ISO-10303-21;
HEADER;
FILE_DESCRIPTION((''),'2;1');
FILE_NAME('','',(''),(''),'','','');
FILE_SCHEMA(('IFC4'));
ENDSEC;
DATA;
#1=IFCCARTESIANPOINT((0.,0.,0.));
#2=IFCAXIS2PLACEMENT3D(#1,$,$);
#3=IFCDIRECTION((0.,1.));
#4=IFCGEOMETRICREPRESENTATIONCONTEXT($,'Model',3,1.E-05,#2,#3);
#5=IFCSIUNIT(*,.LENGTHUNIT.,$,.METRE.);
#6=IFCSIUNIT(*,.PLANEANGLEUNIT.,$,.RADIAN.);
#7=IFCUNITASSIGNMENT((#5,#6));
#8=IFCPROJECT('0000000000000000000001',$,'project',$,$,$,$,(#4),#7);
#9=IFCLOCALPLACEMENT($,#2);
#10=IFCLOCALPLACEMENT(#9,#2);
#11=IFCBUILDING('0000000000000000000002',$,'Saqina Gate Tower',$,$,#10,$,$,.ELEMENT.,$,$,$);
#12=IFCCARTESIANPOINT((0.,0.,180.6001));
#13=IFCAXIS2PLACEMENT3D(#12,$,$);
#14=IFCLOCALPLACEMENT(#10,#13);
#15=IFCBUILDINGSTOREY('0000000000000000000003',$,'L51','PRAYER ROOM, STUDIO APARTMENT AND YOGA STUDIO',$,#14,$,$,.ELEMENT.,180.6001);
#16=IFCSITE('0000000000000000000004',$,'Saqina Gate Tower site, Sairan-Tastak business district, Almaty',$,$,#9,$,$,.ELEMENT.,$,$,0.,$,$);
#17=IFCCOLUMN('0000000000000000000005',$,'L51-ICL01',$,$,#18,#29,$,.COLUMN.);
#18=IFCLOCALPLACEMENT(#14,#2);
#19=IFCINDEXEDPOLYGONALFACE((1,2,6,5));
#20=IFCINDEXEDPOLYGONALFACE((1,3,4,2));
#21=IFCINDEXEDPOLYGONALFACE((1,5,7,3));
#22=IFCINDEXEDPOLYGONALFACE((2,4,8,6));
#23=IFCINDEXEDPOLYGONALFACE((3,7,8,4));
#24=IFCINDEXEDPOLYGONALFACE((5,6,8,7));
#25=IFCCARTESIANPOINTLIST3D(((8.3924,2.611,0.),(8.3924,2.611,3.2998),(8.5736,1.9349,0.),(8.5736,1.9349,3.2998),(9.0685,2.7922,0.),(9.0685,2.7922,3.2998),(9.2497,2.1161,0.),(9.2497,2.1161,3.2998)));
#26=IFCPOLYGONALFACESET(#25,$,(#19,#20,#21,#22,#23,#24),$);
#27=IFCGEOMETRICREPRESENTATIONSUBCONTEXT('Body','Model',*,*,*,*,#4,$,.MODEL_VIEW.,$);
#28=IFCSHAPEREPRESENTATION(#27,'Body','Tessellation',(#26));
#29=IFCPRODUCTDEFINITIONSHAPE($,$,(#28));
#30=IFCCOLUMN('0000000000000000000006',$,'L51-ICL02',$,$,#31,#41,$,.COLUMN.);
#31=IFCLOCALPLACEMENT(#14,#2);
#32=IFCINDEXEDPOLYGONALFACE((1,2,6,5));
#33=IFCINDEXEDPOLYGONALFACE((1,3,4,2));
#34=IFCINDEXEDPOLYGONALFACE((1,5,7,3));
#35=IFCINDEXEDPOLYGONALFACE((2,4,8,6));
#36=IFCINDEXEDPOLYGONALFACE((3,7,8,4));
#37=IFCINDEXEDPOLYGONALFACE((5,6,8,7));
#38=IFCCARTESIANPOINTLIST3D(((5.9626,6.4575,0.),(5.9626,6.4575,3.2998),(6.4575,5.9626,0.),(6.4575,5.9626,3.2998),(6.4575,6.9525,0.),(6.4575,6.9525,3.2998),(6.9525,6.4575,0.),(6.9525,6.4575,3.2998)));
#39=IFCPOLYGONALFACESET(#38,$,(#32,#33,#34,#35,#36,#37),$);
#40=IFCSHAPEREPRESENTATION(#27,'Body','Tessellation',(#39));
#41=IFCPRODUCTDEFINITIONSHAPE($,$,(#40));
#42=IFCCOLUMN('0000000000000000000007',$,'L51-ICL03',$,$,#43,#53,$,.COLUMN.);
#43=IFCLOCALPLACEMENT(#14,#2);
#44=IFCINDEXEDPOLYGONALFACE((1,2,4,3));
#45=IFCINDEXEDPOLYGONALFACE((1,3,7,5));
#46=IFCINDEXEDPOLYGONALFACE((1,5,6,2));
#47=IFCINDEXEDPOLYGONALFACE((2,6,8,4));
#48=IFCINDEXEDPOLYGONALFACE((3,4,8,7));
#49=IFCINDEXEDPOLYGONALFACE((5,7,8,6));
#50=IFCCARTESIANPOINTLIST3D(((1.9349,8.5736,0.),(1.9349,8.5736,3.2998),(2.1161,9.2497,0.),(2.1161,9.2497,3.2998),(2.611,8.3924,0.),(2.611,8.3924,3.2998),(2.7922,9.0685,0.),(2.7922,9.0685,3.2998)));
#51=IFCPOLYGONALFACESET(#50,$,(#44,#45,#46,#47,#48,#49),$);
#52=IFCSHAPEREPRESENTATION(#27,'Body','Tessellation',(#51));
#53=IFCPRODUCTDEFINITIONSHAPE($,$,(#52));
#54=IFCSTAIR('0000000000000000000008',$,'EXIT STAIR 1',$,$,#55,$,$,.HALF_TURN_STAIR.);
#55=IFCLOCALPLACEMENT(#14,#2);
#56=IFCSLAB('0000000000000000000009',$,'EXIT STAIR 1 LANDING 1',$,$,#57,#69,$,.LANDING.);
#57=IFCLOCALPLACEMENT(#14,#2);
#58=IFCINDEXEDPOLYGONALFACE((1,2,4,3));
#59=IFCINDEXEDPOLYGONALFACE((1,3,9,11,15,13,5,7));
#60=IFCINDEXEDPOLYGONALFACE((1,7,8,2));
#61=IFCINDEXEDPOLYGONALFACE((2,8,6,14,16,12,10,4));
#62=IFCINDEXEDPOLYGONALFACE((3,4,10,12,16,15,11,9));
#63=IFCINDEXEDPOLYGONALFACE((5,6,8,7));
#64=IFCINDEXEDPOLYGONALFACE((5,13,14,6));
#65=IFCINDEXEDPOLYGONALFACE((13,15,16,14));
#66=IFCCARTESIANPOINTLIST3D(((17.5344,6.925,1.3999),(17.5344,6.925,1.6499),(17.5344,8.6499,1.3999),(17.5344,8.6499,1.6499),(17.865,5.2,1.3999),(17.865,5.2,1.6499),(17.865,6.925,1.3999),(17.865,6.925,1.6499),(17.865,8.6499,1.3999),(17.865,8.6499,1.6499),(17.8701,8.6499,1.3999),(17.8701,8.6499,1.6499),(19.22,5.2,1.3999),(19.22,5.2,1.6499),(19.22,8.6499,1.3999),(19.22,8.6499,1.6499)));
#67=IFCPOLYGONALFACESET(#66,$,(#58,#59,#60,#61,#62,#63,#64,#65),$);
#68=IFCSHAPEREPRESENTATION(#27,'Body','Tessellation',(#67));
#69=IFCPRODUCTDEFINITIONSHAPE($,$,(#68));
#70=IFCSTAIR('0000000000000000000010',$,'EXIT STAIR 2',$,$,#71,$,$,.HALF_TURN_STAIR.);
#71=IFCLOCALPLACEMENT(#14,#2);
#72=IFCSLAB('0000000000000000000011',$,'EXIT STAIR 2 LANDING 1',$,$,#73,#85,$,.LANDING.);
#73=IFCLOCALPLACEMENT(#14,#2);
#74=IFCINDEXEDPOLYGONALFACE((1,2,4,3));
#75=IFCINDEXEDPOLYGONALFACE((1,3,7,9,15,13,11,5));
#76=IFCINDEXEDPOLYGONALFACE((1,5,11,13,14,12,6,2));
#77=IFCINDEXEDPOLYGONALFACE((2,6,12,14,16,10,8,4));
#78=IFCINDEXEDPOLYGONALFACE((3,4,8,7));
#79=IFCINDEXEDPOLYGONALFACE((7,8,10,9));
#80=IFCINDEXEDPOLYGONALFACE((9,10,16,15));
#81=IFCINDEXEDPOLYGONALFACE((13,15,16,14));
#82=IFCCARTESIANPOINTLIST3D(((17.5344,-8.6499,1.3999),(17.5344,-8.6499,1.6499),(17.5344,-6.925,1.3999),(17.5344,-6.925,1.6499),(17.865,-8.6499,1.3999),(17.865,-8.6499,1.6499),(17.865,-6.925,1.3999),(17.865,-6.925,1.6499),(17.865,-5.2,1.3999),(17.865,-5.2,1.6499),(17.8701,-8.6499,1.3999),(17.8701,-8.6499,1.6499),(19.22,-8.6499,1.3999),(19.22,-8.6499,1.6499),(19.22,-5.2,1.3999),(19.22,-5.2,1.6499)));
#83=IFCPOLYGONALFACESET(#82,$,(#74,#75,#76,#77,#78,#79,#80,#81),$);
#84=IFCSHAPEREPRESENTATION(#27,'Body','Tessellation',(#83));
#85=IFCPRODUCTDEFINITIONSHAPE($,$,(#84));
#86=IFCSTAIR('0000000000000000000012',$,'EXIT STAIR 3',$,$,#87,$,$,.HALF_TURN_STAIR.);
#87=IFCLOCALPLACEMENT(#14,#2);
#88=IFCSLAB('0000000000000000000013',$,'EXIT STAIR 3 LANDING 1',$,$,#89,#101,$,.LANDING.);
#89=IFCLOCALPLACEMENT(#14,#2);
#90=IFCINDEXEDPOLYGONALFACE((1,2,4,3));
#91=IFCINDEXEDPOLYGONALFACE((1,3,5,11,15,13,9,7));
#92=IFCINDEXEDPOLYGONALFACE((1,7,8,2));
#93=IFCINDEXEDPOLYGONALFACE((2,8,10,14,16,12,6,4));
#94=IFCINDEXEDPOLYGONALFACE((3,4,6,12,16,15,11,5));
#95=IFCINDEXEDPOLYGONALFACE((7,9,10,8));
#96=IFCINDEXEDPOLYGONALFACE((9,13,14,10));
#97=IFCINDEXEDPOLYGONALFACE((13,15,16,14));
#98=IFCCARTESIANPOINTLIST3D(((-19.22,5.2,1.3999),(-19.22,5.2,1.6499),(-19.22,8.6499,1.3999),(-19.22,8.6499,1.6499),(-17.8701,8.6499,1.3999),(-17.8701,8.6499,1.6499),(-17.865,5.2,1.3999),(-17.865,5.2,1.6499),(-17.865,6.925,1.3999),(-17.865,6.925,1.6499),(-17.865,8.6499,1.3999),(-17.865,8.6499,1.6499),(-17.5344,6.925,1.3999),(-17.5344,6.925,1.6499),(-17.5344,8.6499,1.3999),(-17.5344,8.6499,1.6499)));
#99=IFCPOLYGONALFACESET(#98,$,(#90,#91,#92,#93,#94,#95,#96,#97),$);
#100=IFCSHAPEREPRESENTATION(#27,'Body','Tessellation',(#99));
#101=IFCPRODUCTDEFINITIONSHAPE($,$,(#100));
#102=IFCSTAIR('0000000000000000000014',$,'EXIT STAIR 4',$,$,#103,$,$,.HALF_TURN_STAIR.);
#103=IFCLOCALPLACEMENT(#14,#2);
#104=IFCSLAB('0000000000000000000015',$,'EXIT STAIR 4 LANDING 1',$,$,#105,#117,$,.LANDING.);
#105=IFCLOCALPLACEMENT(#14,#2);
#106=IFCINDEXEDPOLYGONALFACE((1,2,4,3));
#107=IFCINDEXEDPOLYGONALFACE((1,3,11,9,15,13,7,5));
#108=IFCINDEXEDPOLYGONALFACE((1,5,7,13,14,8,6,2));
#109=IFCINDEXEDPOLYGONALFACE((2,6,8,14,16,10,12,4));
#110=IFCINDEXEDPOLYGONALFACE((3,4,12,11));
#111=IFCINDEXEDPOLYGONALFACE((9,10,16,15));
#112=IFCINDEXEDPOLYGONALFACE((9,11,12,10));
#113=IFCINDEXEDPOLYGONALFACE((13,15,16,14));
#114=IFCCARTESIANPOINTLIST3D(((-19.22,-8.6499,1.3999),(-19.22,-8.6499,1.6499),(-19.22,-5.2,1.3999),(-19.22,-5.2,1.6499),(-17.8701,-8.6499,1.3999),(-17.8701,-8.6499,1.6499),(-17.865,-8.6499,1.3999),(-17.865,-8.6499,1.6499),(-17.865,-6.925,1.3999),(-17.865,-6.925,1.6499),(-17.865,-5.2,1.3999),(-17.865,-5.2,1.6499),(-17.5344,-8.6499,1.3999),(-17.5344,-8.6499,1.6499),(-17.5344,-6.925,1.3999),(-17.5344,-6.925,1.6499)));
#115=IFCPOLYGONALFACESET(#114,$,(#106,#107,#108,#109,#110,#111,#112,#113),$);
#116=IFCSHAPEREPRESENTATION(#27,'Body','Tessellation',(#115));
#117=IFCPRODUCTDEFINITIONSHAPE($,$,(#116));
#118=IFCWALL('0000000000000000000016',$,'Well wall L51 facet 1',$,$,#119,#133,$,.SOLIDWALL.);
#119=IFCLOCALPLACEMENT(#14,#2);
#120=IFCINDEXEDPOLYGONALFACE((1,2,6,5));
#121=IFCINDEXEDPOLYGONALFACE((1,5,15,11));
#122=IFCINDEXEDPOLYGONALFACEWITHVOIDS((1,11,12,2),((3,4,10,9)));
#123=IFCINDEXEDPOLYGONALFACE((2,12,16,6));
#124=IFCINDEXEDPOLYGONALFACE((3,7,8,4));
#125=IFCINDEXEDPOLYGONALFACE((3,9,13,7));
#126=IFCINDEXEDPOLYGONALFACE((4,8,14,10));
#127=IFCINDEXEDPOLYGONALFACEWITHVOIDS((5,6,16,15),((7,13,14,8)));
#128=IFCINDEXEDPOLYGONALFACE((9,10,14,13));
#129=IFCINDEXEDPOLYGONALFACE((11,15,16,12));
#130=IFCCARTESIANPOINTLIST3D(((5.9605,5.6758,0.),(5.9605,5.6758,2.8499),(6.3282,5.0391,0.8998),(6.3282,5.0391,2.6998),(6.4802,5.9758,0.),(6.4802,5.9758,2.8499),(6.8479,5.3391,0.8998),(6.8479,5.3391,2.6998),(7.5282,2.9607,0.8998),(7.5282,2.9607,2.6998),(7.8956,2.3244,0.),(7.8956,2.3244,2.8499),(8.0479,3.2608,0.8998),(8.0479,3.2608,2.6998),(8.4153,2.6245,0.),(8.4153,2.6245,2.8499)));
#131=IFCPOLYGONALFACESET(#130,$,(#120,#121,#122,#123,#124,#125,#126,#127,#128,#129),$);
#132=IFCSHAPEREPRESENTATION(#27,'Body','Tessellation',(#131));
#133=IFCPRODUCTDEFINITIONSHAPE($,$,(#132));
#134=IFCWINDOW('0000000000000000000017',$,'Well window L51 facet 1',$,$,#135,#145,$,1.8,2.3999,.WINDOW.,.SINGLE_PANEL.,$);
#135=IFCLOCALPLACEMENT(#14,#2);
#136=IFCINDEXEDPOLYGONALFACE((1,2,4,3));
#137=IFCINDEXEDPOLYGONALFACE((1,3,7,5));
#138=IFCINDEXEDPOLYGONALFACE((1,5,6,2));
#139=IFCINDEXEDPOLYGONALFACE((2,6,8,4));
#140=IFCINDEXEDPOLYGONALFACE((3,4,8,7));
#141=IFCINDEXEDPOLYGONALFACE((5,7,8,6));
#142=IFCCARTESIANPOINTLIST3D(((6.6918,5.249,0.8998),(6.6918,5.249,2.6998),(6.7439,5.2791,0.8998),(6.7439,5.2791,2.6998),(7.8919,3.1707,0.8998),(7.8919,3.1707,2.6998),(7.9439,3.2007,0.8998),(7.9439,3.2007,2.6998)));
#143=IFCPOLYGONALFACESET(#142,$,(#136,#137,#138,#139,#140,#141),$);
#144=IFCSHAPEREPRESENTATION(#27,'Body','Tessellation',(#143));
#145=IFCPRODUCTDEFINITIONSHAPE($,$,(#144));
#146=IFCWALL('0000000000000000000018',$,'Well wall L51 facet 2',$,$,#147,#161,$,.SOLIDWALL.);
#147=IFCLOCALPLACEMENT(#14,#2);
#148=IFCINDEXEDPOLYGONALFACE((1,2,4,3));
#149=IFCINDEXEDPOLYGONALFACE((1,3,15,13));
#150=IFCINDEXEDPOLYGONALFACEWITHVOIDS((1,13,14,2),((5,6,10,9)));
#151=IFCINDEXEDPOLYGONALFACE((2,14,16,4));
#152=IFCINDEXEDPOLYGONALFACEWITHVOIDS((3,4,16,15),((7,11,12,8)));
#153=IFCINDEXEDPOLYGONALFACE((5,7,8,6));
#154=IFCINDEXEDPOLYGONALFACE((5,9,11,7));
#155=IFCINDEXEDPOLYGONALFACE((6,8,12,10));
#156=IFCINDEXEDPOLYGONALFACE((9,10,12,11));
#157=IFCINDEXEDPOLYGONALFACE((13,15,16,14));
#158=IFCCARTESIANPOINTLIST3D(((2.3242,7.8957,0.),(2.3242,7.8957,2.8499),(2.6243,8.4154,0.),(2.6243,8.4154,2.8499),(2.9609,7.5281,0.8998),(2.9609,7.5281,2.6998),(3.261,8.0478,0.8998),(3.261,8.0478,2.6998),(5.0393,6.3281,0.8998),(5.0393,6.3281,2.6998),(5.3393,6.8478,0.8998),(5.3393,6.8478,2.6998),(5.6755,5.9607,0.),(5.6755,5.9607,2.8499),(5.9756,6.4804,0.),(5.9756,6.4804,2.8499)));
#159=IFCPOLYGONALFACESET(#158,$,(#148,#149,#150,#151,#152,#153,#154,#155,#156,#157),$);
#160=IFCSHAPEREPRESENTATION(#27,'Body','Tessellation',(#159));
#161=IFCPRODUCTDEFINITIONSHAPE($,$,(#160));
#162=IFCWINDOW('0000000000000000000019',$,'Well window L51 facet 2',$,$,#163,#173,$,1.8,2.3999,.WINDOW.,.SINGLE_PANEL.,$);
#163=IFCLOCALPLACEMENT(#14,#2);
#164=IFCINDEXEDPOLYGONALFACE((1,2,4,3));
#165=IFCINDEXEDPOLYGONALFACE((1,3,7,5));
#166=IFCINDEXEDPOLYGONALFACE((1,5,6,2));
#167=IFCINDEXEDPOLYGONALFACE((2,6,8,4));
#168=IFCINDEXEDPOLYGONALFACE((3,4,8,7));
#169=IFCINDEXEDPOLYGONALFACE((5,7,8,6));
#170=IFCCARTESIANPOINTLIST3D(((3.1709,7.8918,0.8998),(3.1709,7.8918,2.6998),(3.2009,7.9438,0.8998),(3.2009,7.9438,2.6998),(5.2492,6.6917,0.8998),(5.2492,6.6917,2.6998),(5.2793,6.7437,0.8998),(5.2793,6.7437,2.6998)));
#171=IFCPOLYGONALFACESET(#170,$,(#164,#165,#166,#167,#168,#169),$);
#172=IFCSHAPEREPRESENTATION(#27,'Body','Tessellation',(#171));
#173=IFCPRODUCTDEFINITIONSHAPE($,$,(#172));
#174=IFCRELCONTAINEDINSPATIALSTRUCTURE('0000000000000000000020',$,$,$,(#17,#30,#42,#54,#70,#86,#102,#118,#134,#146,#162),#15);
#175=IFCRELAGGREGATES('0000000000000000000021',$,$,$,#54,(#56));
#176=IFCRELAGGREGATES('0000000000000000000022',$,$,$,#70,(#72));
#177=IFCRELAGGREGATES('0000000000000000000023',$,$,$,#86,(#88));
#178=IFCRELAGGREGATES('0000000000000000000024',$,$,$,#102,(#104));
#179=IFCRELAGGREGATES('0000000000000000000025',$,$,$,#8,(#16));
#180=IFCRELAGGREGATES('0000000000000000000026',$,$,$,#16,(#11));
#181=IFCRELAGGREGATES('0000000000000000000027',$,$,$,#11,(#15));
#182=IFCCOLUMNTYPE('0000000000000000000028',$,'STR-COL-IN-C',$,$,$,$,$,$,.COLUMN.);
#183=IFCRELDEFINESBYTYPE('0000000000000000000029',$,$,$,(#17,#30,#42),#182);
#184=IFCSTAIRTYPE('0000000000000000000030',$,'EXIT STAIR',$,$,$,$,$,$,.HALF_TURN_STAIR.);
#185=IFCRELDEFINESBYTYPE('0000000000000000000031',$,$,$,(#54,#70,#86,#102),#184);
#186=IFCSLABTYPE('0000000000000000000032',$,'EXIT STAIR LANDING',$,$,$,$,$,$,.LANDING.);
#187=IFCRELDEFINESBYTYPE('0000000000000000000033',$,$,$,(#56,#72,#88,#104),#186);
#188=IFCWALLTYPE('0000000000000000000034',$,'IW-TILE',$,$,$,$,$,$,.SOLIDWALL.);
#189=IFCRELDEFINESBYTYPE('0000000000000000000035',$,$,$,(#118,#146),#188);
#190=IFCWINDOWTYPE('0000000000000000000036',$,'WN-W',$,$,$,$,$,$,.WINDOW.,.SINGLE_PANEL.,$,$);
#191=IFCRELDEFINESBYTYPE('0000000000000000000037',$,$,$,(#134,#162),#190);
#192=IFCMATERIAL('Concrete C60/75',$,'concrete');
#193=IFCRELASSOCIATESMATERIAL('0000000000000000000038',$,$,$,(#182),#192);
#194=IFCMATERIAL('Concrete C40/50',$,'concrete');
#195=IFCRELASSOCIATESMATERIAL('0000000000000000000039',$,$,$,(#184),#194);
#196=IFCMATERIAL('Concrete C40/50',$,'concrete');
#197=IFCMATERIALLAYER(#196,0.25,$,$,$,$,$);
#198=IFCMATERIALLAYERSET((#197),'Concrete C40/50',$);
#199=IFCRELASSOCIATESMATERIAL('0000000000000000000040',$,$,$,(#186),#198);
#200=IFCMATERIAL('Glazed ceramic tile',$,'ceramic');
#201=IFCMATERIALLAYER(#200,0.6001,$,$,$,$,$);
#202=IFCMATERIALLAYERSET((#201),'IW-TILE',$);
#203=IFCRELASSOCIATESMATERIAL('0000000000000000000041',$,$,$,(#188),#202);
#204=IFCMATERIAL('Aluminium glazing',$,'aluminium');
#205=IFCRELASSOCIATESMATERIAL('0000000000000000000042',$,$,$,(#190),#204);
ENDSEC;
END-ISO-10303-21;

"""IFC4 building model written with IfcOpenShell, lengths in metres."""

from ifc_helpers import new_model, si_unit, direction, frame, frame_2d, origin, origin_2d, place, context, subcontext, project, spatial, polyline, rectangle, outline, extrude, material, layer, layer_set, material_profile, profile_set, type_object, element, fill, aggregate, save


model = new_model("IFC4")

# Units and contexts
model_context = context("Model", 3, precision=1e-05, world=origin(), true_north=direction((0.0, 1.0)))
body_context = subcontext(model_context, "Body", "Model", "MODEL_VIEW")
ifc_project = project(units=[si_unit("LENGTHUNIT", "METRE"), si_unit("PLANEANGLEUNIT", "RADIAN")], contexts=[model_context])

# Site, building, storey
site_placement = place(None, origin())
site = spatial("IfcSite", under=ifc_project, at=site_placement, Name="Saqina Gate Tower site, Sairan-Tastak business district, Almaty", CompositionType="ELEMENT", RefElevation=0.0)
building_placement = place(site_placement, origin())
building = spatial("IfcBuilding", under=site, at=building_placement, Name="Saqina Gate Tower", CompositionType="ELEMENT")
storey_placement = place(building_placement, frame((0.0, 0.0, 180.6001)))
storey = spatial("IfcBuildingStorey", under=building, at=storey_placement, Name="L51", Description="PRAYER ROOM, STUDIO APARTMENT AND YOGA STUDIO", CompositionType="ELEMENT", Elevation=180.6001)

# Columns
ifc_material_1 = material(Name="Concrete C60/75", Category="concrete")
ifc_material_profile = material_profile(ifc_material_1, rectangle(XDim=0.7, YDim=0.7, at=origin_2d()), Name="RC 700x700")
ifc_profile_set = profile_set([ifc_material_profile], Name="Concrete C60/75")
column_type = type_object("IfcColumnType", Name="STR-COL-IN-C", PredefinedType="COLUMN", material=ifc_profile_set)
for number, where, z_axis, x_axis, name in (
    (1, (8.821, 2.3635, 0.0), (0.0, 0.0, 1.0), (0.965926, 0.258819, 0.0), "L51-ICL01"),
    (2, (6.4575, 6.4575, 0.0), (0.0, 0.0, 1.0), (0.707107, 0.707107, 0.0), "L51-ICL02"),
    (3, (2.3635, 8.821, 0.0), (0.0, 0.0, 1.0), (0.258819, 0.965926, 0.0), "L51-ICL03"),
):
    element("IfcColumn", number, at=place(storey_placement, frame(where, z_axis=z_axis, x_axis=x_axis)), inside=storey, type_object=column_type, Name=name, PredefinedType="COLUMN", context=body_context, shape_type="SweptSolid", body=[
        extrude(rectangle(XDim=0.7, YDim=0.7, at=origin_2d()), origin(), (0.0, 0.0, 1.0), 3.2998),
    ])

# Stairs, slabs
ifc_material_2 = material(Name="Concrete C40/50", Category="concrete")
stair_type = type_object("IfcStairType", Name="EXIT STAIR", PredefinedType="HALF_TURN_STAIR", material=ifc_material_2)
stair_1_placement = place(storey_placement, origin())
stair_1 = element("IfcStair", 4, at=stair_1_placement, inside=storey, type_object=stair_type, Name="EXIT STAIR 1", PredefinedType="HALF_TURN_STAIR")
ifc_material_3 = material(Name="Concrete C40/50", Category="concrete")
ifc_layer_1 = layer(ifc_material_3, 0.25)
ifc_layer_set_1 = layer_set([ifc_layer_1], Name="Concrete C40/50")
slab_type = type_object("IfcSlabType", Name="EXIT STAIR LANDING", PredefinedType="LANDING", material=ifc_layer_set_1)
slab_1_placement = place(storey_placement, frame((0.0, 0.0, 1.3999)))
slab_1 = element("IfcSlab", 5, at=slab_1_placement, type_object=slab_type, Name="EXIT STAIR 1 LANDING 1", PredefinedType="LANDING", context=body_context, shape_type="SweptSolid", body=[
    extrude(outline(polyline([(19.22, 8.6499), (19.22, 5.2), (17.865, 5.2), (17.865, 6.925), (17.5344, 6.925), (17.5344, 8.6499), (17.865, 8.6499), (17.8701, 8.6499), (19.22, 8.6499)])), origin(), (0.0, 0.0, 1.0), 0.25),
])
aggregate(stair_1, [slab_1])
stair_2_placement = place(storey_placement, origin())
stair_2 = element("IfcStair", 6, at=stair_2_placement, inside=storey, type_object=stair_type, Name="EXIT STAIR 2", PredefinedType="HALF_TURN_STAIR")
slab_2_placement = place(storey_placement, frame((0.0, 0.0, 1.3999)))
slab_2 = element("IfcSlab", 7, at=slab_2_placement, type_object=slab_type, Name="EXIT STAIR 2 LANDING 1", PredefinedType="LANDING", context=body_context, shape_type="SweptSolid", body=[
    extrude(outline(polyline([(17.5344, -8.6499), (17.5344, -6.925), (17.865, -6.925), (17.865, -5.2), (19.22, -5.2), (19.22, -8.6499), (17.8701, -8.6499), (17.865, -8.6499), (17.5344, -8.6499)])), origin(), (0.0, 0.0, 1.0), 0.25),
])
aggregate(stair_2, [slab_2])
stair_3_placement = place(storey_placement, origin())
stair_3 = element("IfcStair", 8, at=stair_3_placement, inside=storey, type_object=stair_type, Name="EXIT STAIR 3", PredefinedType="HALF_TURN_STAIR")
slab_3_placement = place(storey_placement, frame((0.0, 0.0, 1.3999)))
slab_3 = element("IfcSlab", 9, at=slab_3_placement, type_object=slab_type, Name="EXIT STAIR 3 LANDING 1", PredefinedType="LANDING", context=body_context, shape_type="SweptSolid", body=[
    extrude(outline(polyline([(-17.865, 5.2), (-19.22, 5.2), (-19.22, 8.6499), (-17.8701, 8.6499), (-17.865, 8.6499), (-17.5344, 8.6499), (-17.5344, 6.925), (-17.865, 6.925), (-17.865, 5.2)])), origin(), (0.0, 0.0, 1.0), 0.25),
])
aggregate(stair_3, [slab_3])
stair_4_placement = place(storey_placement, origin())
stair_4 = element("IfcStair", 10, at=stair_4_placement, inside=storey, type_object=stair_type, Name="EXIT STAIR 4", PredefinedType="HALF_TURN_STAIR")
slab_4_placement = place(storey_placement, frame((0.0, 0.0, 1.3999)))
slab_4 = element("IfcSlab", 11, at=slab_4_placement, type_object=slab_type, Name="EXIT STAIR 4 LANDING 1", PredefinedType="LANDING", context=body_context, shape_type="SweptSolid", body=[
    extrude(outline(polyline([(-17.5344, -6.925), (-17.5344, -8.6499), (-17.865, -8.6499), (-17.8701, -8.6499), (-19.22, -8.6499), (-19.22, -5.2), (-17.865, -5.2), (-17.865, -6.925), (-17.5344, -6.925)])), origin(), (0.0, 0.0, 1.0), 0.25),
])
aggregate(stair_4, [slab_4])

# Walls, openings, windows
ifc_material_4 = material(Name="Glazed ceramic tile", Category="ceramic")
ifc_layer_2 = layer(ifc_material_4, 0.6001)
ifc_layer_set_2 = layer_set([ifc_layer_2], Name="IW-TILE")
wall_type_1 = type_object("IfcWallType", Name="IW-TILE", PredefinedType="SOLIDWALL", material=ifc_layer_set_2)
wall_1_placement = place(storey_placement, frame((8.1555, 2.4744, 0.0), z_axis=(0.0, 0.0, 1.0), x_axis=(-0.500034, 0.866006, 0.0)))
wall_1 = element("IfcWall", 12, at=wall_1_placement, inside=storey, type_object=wall_type_1, Name="Well wall L51 facet 1", PredefinedType="SOLIDWALL", context=body_context, shape_type="SweptSolid", body=[
    extrude(rectangle(XDim=3.8699, YDim=0.6001, at=frame_2d((1.9351, 0.0))), origin(), (0.0, 0.0, 1.0), 2.8499),
])
opening_1_placement = place(wall_1_placement, frame((0.7349, 0.0, 0.8999)))
opening_1 = element("IfcOpeningElement", 13, at=opening_1_placement, cuts=wall_1, PredefinedType="OPENING", context=body_context, shape_type="SweptSolid", body=[
    extrude(rectangle(XDim=2.3999, YDim=1.8, at=frame_2d((1.2, 0.8999))), frame((0.0, 0.312, 0.0), z_axis=(0.0, -1.0, 0.0), x_axis=(1.0, 0.0, 0.0)), (0.0, 0.0, 1.0), 0.624),
])
ifc_material_5 = material(Name="Aluminium glazing", Category="aluminium")
window_type = type_object("IfcWindowType", Name="WN-W", PartitioningType="SINGLE_PANEL", PredefinedType="WINDOW", material=ifc_material_5)
window_1_placement = place(opening_1_placement, origin())
window_1 = element("IfcWindow", 14, at=window_1_placement, inside=storey, type_object=window_type, Name="Well window L51 facet 1", OverallHeight=1.8, OverallWidth=2.3999, PartitioningType="SINGLE_PANEL", PredefinedType="WINDOW", context=body_context, shape_type="SweptSolid", body=[
    extrude(rectangle(XDim=2.3999, YDim=1.8, at=frame_2d((1.2, 0.8999))), frame((0.0, -0.1199, 0.0), z_axis=(0.0, -1.0, 0.0), x_axis=(1.0, 0.0, 0.0)), (0.0, 0.0, 1.0), 0.0601),
])
fill(opening_1, window_1)
wall_2_placement = place(storey_placement, frame((5.8257, 6.2205, 0.0), z_axis=(0.0, 0.0, 1.0), x_axis=(-0.866006, 0.500034, 0.0)))
wall_2 = element("IfcWall", 15, at=wall_2_placement, inside=storey, type_object=wall_type_1, Name="Well wall L51 facet 2", PredefinedType="SOLIDWALL", context=body_context, shape_type="SweptSolid", body=[
    extrude(rectangle(XDim=3.8699, YDim=0.6001, at=frame_2d((1.9351, 0.0))), origin(), (0.0, 0.0, 1.0), 2.8499),
])
opening_2_placement = place(wall_2_placement, frame((0.7349, 0.0, 0.8999)))
opening_2 = element("IfcOpeningElement", 16, at=opening_2_placement, cuts=wall_2, PredefinedType="OPENING", context=body_context, shape_type="SweptSolid", body=[
    extrude(rectangle(XDim=2.3999, YDim=1.8, at=frame_2d((1.2, 0.8999))), frame((0.0, 0.312, 0.0), z_axis=(0.0, -1.0, 0.0), x_axis=(1.0, 0.0, 0.0)), (0.0, 0.0, 1.0), 0.624),
])
window_2_placement = place(opening_2_placement, origin())
window_2 = element("IfcWindow", 17, at=window_2_placement, inside=storey, type_object=window_type, Name="Well window L51 facet 2", OverallHeight=1.8, OverallWidth=2.3999, PartitioningType="SINGLE_PANEL", PredefinedType="WINDOW", context=body_context, shape_type="SweptSolid", body=[
    extrude(rectangle(XDim=2.3999, YDim=1.8, at=frame_2d((1.2, 0.8999))), frame((0.0, -0.1199, 0.0), z_axis=(0.0, -1.0, 0.0), x_axis=(1.0, 0.0, 0.0)), (0.0, 0.0, 1.0), 0.0601),
])
fill(opening_2, window_2)

save(model, "model.ifc")
